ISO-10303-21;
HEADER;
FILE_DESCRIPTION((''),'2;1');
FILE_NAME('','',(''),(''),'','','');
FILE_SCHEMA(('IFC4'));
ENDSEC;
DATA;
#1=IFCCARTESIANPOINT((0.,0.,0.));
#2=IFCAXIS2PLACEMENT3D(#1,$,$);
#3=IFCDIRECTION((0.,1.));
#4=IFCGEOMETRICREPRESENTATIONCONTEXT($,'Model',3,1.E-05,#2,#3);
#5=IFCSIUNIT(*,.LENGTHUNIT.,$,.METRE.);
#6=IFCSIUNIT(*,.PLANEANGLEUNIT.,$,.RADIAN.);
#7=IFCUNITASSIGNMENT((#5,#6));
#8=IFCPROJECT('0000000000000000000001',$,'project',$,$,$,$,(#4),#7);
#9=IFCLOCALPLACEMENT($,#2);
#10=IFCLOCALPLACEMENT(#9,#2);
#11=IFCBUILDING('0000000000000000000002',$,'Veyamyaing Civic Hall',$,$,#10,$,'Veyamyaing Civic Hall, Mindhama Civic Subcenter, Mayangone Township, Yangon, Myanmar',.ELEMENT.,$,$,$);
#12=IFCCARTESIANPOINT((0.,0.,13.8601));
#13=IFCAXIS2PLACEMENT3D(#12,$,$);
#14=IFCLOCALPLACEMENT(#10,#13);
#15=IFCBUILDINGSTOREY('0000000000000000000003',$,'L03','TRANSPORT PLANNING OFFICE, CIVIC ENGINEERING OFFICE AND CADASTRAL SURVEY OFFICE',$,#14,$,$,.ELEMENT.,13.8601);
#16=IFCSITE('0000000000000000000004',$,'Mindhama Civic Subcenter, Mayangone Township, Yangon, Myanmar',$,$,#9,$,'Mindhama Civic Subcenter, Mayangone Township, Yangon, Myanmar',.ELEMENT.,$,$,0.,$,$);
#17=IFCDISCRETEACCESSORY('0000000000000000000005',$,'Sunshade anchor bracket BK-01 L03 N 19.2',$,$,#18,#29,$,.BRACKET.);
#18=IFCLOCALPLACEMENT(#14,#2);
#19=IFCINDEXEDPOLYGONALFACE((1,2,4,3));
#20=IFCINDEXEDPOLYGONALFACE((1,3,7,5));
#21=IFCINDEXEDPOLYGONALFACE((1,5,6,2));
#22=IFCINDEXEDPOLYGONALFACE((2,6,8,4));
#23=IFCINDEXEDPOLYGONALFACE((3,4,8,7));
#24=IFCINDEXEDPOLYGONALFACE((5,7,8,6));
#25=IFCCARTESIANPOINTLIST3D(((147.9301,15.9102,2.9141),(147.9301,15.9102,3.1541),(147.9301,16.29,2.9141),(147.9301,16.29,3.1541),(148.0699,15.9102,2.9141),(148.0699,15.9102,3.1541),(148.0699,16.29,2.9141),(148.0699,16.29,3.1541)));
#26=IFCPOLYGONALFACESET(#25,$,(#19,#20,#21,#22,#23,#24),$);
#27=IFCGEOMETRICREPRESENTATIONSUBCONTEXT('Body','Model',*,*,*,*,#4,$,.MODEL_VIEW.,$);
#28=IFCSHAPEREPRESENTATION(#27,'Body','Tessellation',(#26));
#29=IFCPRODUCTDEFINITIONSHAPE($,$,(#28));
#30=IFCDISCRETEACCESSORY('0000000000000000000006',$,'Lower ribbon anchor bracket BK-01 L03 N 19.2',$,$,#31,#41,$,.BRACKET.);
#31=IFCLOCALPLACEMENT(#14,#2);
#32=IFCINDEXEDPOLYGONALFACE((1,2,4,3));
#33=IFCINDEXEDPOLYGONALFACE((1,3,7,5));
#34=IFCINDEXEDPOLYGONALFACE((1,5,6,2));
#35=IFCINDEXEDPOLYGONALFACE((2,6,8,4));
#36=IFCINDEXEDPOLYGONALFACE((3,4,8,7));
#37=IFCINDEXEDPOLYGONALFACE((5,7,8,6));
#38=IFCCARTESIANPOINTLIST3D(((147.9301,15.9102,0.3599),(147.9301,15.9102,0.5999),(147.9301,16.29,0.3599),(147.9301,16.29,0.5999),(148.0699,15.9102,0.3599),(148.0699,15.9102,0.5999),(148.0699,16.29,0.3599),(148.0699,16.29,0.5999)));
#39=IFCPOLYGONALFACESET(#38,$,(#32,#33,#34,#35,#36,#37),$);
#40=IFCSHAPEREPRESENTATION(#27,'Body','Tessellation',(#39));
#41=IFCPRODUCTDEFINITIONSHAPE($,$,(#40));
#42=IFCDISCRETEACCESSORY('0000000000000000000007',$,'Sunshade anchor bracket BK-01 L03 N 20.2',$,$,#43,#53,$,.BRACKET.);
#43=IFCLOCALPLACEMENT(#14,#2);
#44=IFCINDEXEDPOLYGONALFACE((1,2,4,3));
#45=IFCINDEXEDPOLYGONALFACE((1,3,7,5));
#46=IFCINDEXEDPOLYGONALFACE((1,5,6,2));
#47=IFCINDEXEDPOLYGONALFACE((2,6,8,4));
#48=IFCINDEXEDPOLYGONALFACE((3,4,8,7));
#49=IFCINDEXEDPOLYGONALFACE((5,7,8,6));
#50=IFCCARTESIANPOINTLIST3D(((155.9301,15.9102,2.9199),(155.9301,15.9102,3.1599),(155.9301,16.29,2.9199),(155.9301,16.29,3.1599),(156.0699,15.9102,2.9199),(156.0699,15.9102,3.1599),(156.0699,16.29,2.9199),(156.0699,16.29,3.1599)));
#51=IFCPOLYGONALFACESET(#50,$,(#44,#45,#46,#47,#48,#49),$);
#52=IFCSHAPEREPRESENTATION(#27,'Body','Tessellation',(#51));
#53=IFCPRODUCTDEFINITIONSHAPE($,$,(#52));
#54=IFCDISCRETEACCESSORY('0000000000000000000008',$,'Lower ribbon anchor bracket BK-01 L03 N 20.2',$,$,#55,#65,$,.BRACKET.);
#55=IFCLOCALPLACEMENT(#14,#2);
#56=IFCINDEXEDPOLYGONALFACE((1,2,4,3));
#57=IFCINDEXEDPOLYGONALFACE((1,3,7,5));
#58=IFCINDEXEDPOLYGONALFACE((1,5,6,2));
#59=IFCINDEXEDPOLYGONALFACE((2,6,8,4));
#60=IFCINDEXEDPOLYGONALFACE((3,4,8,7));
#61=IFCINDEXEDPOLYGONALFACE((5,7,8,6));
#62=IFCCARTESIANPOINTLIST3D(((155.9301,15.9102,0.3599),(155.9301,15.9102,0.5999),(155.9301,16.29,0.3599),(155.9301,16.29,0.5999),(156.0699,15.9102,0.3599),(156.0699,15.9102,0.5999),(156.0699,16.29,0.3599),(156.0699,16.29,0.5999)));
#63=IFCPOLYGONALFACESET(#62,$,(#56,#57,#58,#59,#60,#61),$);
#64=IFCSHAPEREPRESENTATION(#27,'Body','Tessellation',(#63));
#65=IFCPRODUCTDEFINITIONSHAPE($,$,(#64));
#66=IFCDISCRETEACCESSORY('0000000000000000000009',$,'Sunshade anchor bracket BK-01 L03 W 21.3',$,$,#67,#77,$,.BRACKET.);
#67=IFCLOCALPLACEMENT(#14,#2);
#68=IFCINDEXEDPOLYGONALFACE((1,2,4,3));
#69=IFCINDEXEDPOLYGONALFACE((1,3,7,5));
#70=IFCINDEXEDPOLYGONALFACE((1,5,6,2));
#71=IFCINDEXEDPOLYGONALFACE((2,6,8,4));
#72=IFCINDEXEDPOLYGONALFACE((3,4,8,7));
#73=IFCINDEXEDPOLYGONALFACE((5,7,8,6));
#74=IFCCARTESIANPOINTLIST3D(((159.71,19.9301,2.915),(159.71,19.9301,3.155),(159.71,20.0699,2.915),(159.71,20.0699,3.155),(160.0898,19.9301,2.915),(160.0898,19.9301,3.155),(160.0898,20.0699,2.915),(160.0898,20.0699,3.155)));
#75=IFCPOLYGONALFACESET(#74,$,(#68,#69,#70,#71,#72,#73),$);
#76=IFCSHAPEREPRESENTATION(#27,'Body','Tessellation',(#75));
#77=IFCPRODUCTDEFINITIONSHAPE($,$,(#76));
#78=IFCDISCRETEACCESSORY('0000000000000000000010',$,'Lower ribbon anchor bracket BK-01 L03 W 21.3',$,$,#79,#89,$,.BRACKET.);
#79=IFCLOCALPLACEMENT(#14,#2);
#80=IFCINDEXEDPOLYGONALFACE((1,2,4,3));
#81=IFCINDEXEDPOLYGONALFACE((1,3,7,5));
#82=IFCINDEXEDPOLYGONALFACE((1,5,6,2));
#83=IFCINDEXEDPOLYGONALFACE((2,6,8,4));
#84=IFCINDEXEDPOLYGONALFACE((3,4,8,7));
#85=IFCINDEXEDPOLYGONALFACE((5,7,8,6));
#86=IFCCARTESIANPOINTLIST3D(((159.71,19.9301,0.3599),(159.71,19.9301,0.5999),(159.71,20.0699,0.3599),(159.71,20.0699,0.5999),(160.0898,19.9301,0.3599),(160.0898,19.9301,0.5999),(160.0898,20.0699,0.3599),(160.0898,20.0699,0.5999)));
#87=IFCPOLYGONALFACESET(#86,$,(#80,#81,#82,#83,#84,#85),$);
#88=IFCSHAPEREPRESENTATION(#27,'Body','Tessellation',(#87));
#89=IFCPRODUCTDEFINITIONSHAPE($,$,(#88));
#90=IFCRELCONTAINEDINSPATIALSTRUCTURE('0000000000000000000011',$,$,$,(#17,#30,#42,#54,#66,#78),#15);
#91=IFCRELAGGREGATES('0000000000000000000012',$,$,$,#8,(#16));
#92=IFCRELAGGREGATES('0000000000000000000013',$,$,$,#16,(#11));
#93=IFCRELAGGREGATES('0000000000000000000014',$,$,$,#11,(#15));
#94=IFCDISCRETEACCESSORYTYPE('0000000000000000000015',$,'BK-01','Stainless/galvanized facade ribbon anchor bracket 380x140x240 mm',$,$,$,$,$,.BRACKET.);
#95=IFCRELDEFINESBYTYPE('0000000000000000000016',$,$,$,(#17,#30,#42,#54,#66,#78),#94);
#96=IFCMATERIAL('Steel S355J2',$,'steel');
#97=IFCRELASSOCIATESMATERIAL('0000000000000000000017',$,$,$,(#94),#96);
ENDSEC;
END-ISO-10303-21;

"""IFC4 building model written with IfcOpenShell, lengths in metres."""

from ifc_helpers import new_model, si_unit, direction, frame, origin, origin_2d, place, context, subcontext, project, spatial, rectangle, extrude, material, type_object, element, save


model = new_model("IFC4")

# Units and contexts
model_context = context("Model", 3, precision=1e-05, world=origin(), true_north=direction((0.0, 1.0)))
body_context = subcontext(model_context, "Body", "Model", "MODEL_VIEW")
ifc_project = project(units=[si_unit("LENGTHUNIT", "METRE"), si_unit("PLANEANGLEUNIT", "RADIAN")], contexts=[model_context])

# Site, building, storey
site_placement = place(None, origin())
site = spatial("IfcSite", under=ifc_project, at=site_placement, Name="Mindhama Civic Subcenter, Mayangone Township, Yangon, Myanmar", LongName="Mindhama Civic Subcenter, Mayangone Township, Yangon, Myanmar", CompositionType="ELEMENT", RefElevation=0.0)
building_placement = place(site_placement, origin())
building = spatial("IfcBuilding", under=site, at=building_placement, Name="Veyamyaing Civic Hall", LongName="Veyamyaing Civic Hall, Mindhama Civic Subcenter, Mayangone Township, Yangon, Myanmar", CompositionType="ELEMENT")
storey_placement = place(building_placement, frame((0.0, 0.0, 13.8601)))
storey = spatial("IfcBuildingStorey", under=building, at=storey_placement, Name="L03", Description="TRANSPORT PLANNING OFFICE, CIVIC ENGINEERING OFFICE AND CADASTRAL SURVEY OFFICE", CompositionType="ELEMENT", Elevation=13.8601)

# Discrete accessories
ifc_material_1 = material(Name="Steel S355J2", Category="steel")
discrete_accessory_type = type_object("IfcDiscreteAccessoryType", Name="BK-01", Description="Stainless/galvanized facade ribbon anchor bracket 380x140x240 mm", PredefinedType="BRACKET", material=ifc_material_1)
for number, where, z_axis, x_axis, name in (
    (1, (148.0, 16.1001, 2.9141), (0.0, 0.0, 1.0), (0.0, 1.0, 0.0), "Sunshade anchor bracket BK-01 L03 N 19.2"),
    (2, (148.0, 16.1001, 0.3599), (0.0, 0.0, 1.0), (0.0, 1.0, 0.0), "Lower ribbon anchor bracket BK-01 L03 N 19.2"),
    (3, (156.0, 16.1001, 2.9199), (0.0, 0.0, 1.0), (0.0, 1.0, 0.0), "Sunshade anchor bracket BK-01 L03 N 20.2"),
    (4, (156.0, 16.1001, 0.3599), (0.0, 0.0, 1.0), (0.0, 1.0, 0.0), "Lower ribbon anchor bracket BK-01 L03 N 20.2"),
    (5, (159.8999, 20.0, 2.915), (0.0, 0.0, 1.0), (-1.0, 0.0, 0.0), "Sunshade anchor bracket BK-01 L03 W 21.3"),
    (6, (159.8999, 20.0, 0.3599), (0.0, 0.0, 1.0), (-1.0, 0.0, 0.0), "Lower ribbon anchor bracket BK-01 L03 W 21.3"),
):
    element("IfcDiscreteAccessory", number, at=place(storey_placement, frame(where, z_axis=z_axis, x_axis=x_axis)), inside=storey, type_object=discrete_accessory_type, Name=name, PredefinedType="BRACKET", context=body_context, shape_type="SweptSolid", body=[
        extrude(rectangle(XDim=0.3799, YDim=0.1399, at=origin_2d()), origin(), (0.0, 0.0, 1.0), 0.24),
    ])

save(model, "model.ifc")
